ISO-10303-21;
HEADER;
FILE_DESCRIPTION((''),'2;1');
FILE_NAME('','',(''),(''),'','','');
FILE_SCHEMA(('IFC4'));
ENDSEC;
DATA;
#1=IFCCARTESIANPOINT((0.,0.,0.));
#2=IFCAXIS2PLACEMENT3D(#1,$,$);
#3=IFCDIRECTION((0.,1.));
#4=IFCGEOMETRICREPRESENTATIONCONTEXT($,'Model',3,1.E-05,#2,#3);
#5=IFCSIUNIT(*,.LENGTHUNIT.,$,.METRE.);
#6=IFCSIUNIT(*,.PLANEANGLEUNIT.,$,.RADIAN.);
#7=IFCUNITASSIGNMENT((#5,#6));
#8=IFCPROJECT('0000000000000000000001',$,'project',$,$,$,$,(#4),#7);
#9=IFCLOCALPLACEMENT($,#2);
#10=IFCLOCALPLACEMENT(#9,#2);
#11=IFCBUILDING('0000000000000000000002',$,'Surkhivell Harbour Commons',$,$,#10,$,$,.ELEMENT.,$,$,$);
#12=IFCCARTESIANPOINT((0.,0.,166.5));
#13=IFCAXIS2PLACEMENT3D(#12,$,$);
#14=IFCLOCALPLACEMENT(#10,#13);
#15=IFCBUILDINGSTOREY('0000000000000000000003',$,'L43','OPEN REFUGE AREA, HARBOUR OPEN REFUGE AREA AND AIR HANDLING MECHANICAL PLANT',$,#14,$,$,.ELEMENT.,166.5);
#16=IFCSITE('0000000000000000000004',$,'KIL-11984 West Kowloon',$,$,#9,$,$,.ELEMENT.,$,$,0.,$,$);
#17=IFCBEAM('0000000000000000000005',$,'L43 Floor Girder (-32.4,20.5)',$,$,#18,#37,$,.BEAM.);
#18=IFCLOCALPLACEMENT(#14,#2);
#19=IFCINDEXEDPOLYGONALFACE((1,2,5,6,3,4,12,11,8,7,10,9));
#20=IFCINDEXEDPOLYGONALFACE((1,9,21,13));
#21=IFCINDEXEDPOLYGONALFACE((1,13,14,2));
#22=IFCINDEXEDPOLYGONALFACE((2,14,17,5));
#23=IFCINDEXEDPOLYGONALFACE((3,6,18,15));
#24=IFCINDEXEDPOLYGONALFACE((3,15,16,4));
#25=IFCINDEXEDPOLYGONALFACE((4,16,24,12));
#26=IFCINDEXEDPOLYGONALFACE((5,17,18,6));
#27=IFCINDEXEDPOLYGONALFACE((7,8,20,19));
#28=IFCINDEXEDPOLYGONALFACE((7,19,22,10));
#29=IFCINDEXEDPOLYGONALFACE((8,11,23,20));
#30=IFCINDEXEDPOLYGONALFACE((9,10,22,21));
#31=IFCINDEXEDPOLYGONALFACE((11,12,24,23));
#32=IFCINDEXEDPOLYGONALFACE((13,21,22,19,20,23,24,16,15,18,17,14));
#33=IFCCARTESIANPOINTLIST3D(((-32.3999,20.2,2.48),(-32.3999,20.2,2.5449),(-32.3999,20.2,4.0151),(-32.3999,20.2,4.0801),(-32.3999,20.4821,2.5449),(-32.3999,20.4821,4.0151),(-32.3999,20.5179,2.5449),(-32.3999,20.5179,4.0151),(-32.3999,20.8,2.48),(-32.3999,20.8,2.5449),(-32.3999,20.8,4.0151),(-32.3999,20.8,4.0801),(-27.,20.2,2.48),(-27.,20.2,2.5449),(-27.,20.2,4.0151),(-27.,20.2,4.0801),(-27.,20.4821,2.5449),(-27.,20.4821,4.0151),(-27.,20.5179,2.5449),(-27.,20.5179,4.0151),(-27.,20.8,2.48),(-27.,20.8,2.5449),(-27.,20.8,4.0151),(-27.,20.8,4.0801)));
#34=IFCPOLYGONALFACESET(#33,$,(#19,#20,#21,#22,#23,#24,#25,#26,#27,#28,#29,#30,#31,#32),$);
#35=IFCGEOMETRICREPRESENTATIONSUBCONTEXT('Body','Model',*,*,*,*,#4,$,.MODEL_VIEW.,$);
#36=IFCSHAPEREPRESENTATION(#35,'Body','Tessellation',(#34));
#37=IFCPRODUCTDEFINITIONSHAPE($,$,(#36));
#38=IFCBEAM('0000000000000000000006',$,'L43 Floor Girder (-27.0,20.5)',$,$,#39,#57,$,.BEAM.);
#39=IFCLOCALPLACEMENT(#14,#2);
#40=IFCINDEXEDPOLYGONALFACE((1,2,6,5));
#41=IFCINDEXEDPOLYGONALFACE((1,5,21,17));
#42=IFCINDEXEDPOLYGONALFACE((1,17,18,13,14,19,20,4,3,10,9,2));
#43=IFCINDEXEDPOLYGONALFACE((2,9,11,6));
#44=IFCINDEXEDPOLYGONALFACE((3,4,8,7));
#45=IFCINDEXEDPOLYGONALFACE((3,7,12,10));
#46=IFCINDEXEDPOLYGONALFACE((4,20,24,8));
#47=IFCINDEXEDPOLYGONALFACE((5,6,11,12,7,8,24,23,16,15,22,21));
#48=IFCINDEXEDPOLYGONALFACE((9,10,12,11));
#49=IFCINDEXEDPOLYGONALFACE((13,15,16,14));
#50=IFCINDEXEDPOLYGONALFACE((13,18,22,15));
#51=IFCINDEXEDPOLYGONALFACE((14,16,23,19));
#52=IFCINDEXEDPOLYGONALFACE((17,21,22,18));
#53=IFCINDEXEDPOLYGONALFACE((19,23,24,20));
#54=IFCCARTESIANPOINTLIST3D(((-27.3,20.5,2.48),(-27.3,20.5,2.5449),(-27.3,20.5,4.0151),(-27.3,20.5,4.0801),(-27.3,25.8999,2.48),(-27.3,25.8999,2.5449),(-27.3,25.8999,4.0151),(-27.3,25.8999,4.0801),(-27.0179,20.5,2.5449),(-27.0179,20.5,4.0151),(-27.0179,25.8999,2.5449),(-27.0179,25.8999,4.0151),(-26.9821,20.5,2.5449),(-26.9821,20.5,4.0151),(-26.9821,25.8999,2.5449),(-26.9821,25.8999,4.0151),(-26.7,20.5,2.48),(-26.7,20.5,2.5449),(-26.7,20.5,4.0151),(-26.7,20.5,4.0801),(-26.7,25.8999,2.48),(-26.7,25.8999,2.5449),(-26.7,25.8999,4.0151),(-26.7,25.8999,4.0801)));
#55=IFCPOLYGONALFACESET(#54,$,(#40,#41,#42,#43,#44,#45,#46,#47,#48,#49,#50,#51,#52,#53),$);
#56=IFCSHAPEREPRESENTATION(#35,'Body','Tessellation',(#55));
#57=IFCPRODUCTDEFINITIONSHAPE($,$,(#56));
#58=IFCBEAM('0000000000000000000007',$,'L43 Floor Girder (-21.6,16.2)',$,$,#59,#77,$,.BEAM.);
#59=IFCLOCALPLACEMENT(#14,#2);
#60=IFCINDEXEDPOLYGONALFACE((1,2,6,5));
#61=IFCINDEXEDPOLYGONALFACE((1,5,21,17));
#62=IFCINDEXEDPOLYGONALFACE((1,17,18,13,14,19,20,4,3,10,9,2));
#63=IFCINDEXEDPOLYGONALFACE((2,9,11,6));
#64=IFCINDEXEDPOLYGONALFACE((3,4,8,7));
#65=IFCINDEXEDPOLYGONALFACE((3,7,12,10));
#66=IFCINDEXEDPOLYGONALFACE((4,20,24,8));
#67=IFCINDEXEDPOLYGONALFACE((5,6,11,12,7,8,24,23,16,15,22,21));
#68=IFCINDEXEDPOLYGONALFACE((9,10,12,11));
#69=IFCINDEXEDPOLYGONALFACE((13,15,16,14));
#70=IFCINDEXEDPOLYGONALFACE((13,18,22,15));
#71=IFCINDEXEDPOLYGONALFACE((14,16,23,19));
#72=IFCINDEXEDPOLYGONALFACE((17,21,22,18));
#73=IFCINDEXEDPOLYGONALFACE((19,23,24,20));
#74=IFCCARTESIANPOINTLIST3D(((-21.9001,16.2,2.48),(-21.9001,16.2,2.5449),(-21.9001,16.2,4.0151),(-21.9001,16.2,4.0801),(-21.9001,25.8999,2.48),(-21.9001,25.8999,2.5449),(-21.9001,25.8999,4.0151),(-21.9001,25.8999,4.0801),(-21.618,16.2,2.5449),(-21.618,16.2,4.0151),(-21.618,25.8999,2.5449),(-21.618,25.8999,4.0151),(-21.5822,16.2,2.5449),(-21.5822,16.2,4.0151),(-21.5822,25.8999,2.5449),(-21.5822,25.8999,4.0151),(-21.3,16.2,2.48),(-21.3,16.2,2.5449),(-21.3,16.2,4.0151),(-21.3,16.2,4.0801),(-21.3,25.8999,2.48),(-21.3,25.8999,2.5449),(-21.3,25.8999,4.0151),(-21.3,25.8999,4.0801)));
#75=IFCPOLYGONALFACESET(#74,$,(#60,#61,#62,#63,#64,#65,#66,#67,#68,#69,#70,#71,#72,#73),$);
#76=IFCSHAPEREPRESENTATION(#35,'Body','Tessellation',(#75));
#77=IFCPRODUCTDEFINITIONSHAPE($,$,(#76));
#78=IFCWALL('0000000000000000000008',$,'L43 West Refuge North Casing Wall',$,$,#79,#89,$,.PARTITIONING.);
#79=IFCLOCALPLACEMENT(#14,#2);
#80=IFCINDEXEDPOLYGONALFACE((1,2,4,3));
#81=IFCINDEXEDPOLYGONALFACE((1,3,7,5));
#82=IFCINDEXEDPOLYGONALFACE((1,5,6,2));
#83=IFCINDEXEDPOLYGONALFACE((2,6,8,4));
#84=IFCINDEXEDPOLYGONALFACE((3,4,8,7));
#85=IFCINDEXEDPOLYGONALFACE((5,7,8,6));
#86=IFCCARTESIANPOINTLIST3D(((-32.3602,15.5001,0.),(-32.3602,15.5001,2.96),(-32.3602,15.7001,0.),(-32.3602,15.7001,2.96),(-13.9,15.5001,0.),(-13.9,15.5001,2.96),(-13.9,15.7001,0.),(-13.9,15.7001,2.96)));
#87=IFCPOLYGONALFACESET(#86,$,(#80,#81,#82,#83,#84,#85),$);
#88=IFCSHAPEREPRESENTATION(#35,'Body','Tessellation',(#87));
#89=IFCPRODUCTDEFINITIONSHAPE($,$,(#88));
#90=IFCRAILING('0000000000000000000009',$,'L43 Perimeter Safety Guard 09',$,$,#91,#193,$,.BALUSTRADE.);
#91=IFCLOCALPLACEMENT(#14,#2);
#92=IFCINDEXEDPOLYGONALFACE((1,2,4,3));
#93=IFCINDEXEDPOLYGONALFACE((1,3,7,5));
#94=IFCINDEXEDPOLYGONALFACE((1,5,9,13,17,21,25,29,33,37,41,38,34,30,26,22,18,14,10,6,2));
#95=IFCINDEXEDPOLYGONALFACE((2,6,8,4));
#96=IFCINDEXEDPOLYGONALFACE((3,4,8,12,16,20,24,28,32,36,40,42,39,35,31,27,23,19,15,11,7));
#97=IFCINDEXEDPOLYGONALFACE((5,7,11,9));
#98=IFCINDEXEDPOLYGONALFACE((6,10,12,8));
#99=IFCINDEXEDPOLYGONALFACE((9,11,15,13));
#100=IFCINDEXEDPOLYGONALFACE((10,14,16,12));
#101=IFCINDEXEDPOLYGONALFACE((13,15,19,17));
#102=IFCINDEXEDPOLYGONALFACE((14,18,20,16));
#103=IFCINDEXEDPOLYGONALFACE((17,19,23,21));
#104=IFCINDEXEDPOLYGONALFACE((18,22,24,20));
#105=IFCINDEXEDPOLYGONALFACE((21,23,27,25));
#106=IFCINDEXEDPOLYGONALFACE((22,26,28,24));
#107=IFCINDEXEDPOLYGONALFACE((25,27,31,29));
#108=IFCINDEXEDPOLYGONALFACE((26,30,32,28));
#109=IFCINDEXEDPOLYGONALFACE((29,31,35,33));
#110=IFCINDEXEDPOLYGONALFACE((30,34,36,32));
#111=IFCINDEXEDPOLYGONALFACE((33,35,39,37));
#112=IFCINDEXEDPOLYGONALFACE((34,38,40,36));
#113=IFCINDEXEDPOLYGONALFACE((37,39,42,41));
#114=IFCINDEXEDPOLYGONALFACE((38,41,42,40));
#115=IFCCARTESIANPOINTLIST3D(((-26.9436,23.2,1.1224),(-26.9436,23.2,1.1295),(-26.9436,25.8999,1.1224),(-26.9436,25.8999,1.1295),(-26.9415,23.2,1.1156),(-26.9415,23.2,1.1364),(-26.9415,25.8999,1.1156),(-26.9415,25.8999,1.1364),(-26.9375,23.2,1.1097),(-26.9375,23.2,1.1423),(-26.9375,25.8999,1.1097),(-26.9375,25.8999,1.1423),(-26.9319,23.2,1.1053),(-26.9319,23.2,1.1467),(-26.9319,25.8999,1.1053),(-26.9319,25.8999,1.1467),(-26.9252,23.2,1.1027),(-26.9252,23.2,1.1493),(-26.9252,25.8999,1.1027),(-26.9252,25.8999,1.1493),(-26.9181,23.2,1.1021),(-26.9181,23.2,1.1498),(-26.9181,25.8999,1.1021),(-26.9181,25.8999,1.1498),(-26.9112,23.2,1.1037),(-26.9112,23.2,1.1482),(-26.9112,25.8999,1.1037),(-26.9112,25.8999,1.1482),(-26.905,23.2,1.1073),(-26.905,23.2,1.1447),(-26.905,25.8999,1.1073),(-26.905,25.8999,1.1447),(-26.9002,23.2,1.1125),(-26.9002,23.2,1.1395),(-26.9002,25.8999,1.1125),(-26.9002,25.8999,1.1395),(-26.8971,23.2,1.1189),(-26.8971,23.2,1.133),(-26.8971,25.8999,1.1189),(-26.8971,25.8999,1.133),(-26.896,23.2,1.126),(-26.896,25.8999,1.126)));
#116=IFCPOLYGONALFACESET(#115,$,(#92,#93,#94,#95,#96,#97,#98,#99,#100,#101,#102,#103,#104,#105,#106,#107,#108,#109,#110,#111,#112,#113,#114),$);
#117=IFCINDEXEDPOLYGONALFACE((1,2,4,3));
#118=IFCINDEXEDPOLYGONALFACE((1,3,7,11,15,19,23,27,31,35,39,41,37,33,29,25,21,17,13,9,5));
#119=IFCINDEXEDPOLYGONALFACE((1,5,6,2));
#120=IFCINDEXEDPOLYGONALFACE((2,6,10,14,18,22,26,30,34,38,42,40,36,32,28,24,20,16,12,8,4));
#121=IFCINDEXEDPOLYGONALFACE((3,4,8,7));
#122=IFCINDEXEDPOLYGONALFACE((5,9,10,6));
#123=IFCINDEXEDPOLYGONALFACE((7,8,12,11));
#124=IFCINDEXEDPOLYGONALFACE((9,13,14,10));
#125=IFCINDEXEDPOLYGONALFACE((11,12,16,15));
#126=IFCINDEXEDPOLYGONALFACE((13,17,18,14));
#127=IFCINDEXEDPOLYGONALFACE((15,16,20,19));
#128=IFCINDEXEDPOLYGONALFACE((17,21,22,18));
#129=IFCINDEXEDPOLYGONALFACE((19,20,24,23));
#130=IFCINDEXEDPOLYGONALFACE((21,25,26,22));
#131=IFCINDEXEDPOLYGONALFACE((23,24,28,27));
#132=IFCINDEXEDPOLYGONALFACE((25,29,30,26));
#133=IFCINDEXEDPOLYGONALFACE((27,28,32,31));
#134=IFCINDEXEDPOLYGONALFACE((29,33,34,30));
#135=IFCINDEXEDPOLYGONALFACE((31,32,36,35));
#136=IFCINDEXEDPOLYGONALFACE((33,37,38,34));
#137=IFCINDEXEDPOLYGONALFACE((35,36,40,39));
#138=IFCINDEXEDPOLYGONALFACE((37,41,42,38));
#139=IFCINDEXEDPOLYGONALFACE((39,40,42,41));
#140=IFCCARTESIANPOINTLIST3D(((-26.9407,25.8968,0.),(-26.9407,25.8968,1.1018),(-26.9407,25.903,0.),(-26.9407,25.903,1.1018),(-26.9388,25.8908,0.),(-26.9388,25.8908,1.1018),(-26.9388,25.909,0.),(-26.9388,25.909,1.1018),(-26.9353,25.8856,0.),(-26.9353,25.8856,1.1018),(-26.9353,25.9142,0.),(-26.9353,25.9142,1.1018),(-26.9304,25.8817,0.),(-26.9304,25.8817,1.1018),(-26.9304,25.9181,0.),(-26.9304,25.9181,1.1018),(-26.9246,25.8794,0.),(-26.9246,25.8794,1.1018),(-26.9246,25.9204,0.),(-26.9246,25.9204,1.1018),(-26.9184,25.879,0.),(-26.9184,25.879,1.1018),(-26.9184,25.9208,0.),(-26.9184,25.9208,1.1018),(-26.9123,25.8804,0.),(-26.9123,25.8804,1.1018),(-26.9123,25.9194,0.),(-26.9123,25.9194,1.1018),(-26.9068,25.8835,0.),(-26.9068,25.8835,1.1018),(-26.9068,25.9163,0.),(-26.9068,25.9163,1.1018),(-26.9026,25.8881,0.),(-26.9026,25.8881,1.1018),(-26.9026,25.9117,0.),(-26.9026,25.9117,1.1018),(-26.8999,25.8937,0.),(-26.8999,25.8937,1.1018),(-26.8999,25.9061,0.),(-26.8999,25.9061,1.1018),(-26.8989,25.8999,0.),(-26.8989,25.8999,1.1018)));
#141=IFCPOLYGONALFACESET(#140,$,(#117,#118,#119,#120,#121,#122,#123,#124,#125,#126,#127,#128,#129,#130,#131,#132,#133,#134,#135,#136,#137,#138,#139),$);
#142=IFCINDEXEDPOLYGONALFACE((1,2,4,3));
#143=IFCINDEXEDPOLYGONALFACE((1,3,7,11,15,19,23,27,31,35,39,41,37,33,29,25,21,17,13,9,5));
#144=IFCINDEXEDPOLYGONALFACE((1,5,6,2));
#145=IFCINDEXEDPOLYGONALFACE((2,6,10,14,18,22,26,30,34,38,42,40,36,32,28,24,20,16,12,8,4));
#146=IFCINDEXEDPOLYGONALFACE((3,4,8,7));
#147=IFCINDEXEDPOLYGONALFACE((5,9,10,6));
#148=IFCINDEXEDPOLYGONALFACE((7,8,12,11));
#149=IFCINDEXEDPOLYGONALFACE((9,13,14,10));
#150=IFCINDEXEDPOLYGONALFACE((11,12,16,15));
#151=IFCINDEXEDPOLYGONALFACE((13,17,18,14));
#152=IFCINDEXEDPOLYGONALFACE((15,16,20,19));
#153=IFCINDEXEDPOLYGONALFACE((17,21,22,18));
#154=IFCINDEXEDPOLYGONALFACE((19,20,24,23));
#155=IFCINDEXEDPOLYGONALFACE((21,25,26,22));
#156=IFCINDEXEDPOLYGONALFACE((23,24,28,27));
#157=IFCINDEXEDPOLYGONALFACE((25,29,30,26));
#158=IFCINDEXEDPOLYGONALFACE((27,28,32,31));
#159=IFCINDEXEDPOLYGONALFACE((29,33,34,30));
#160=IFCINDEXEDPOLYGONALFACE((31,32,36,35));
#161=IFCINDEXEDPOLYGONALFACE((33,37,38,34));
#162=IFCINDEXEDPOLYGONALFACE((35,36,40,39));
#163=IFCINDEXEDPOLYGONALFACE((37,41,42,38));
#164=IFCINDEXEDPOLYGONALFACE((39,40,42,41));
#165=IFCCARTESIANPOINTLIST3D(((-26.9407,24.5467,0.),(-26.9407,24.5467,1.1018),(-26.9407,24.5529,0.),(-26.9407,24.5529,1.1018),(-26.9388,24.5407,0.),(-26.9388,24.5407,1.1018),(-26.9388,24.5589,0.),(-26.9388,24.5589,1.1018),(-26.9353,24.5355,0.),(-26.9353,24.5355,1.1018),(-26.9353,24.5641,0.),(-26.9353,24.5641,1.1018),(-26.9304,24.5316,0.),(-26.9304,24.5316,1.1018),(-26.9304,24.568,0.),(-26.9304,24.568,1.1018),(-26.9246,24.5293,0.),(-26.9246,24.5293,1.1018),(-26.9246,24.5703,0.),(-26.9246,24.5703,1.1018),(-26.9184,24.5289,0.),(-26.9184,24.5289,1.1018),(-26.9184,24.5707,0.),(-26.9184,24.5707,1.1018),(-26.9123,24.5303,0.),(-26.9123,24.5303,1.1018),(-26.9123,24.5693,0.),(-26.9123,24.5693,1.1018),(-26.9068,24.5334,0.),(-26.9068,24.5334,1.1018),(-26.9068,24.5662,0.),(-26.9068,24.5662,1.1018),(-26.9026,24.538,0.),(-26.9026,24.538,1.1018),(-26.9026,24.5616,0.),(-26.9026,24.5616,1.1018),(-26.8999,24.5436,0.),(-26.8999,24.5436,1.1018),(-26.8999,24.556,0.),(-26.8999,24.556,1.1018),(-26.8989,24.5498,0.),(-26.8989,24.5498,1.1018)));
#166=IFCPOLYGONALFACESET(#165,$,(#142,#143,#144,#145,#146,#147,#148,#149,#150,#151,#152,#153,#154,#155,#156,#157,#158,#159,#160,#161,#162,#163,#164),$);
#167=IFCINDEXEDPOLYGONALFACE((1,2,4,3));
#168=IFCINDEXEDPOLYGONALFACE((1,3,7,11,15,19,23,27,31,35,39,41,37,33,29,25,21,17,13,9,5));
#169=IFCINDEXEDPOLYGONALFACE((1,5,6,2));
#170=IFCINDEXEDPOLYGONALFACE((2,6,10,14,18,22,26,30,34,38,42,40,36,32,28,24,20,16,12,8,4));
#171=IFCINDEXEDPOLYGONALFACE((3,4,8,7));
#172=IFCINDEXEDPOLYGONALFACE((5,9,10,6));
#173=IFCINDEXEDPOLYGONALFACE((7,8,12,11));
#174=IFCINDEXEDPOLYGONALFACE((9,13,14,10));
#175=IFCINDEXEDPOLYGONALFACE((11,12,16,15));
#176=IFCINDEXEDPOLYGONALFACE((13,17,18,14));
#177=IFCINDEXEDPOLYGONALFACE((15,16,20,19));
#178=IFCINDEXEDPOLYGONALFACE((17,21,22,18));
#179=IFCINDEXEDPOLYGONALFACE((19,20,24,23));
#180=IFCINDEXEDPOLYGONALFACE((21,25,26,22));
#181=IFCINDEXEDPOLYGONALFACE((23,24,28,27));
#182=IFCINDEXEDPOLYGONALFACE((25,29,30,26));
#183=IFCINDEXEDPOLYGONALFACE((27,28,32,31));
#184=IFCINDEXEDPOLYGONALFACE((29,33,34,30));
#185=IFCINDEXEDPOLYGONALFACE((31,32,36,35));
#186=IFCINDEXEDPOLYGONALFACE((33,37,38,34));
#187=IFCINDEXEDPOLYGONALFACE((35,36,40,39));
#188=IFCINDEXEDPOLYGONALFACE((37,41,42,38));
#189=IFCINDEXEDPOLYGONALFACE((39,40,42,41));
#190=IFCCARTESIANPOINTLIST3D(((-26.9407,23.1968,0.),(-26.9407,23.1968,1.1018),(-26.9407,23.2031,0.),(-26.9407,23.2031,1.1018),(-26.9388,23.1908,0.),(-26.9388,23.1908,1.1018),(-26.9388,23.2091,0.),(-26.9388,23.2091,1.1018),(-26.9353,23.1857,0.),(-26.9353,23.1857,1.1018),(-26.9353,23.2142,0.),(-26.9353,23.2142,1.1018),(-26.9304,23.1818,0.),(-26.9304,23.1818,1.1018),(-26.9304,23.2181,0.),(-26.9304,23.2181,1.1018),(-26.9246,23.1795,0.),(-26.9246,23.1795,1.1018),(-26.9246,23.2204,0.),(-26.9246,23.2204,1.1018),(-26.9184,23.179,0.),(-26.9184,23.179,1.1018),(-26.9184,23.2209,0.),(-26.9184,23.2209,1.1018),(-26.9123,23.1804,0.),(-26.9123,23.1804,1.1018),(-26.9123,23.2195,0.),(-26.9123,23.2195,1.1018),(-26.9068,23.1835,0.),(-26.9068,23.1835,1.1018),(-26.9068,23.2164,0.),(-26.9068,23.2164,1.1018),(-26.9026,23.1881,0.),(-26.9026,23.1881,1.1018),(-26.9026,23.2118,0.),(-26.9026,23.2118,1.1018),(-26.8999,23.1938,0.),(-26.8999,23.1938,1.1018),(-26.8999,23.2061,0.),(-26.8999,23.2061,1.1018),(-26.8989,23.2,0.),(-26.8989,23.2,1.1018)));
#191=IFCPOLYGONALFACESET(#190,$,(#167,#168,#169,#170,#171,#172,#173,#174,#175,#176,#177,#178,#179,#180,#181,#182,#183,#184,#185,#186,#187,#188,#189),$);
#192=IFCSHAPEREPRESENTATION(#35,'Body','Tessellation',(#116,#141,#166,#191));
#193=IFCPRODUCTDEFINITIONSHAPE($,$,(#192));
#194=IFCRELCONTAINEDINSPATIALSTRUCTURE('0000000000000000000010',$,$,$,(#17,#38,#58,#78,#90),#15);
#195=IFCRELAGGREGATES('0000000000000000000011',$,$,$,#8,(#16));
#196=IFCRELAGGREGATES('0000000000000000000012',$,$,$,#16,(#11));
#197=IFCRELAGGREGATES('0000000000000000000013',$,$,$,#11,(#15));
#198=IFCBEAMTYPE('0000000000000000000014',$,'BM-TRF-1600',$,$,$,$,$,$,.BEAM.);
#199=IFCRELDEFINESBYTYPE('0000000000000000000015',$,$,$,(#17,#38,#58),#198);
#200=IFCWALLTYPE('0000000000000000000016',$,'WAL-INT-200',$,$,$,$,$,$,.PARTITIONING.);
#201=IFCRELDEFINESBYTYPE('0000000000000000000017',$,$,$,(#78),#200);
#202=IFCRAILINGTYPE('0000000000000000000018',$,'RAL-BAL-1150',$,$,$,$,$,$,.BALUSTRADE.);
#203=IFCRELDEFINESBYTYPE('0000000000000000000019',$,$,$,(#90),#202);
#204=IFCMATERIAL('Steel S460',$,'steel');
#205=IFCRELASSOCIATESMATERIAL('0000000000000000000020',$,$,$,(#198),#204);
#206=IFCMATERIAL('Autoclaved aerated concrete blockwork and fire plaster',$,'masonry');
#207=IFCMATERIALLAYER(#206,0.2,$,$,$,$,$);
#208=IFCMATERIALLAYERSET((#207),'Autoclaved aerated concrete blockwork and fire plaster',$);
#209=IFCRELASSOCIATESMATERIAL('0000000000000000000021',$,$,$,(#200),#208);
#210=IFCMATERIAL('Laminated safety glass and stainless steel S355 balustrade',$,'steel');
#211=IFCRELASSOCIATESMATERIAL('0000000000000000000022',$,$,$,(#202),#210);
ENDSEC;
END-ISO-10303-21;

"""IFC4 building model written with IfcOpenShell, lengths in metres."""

from ifc_helpers import new_model, si_unit, direction, frame, frame_2d, origin, origin_2d, place, context, subcontext, project, spatial, rectangle, circle, i_section, extrude, material, layer, layer_set, material_profile, profile_set, type_object, element, save


model = new_model("IFC4")

# Units and contexts
model_context = context("Model", 3, precision=1e-05, world=origin(), true_north=direction((0.0, 1.0)))
body_context = subcontext(model_context, "Body", "Model", "MODEL_VIEW")
ifc_project = project(units=[si_unit("LENGTHUNIT", "METRE"), si_unit("PLANEANGLEUNIT", "RADIAN")], contexts=[model_context])

# Site, building, storey
site_placement = place(None, origin())
site = spatial("IfcSite", under=ifc_project, at=site_placement, Name="KIL-11984 West Kowloon", CompositionType="ELEMENT", RefElevation=0.0)
building_placement = place(site_placement, origin())
building = spatial("IfcBuilding", under=site, at=building_placement, Name="Surkhivell Harbour Commons", CompositionType="ELEMENT")
storey_placement = place(building_placement, frame((0.0, 0.0, 166.5)))
storey = spatial("IfcBuildingStorey", under=building, at=storey_placement, Name="L43", Description="OPEN REFUGE AREA, HARBOUR OPEN REFUGE AREA AND AIR HANDLING MECHANICAL PLANT", CompositionType="ELEMENT", Elevation=166.5)

# Beams
ifc_material_1 = material(Name="Steel S460", Category="steel")
ifc_material_profile_1 = material_profile(ifc_material_1, i_section(OverallWidth=0.6001, OverallDepth=1.6001, WebThickness=0.0359, FlangeThickness=0.0649, at=origin_2d()), Name="WPG1600x600x296")
ifc_profile_set_1 = profile_set([ifc_material_profile_1], Name="Steel S460")
beam_type_1 = type_object("IfcBeamType", Name="BM-TRF-1600", PredefinedType="BEAM", material=ifc_profile_set_1)
for number, where, z_axis, x_axis, name in (
    (1, (-32.3999, 20.5, 3.28), (1.0, 0.0, 0.0), (0.0, 1.0, 0.0), "L43 Floor Girder (-32.4,20.5)"),
    (2, (-27.0, 20.5, 3.28), (0.0, 1.0, 0.0), (-1.0, 0.0, 0.0), "L43 Floor Girder (-27.0,20.5)"),
):
    element("IfcBeam", number, at=place(storey_placement, frame(where, z_axis=z_axis, x_axis=x_axis)), inside=storey, type_object=beam_type_1, Name=name, PredefinedType="BEAM", context=body_context, shape_type="SweptSolid", body=[
        extrude(i_section(OverallWidth=0.6001, OverallDepth=1.6001, WebThickness=0.0359, FlangeThickness=0.0649, at=origin_2d()), origin(), (0.0, 0.0, 1.0), 5.3999),
    ])
beam_1_placement = place(storey_placement, frame((-21.6001, 16.2, 3.28), z_axis=(0.0, 1.0, 0.0), x_axis=(-1.0, 0.0, 0.0)))
element("IfcBeam", 3, at=beam_1_placement, inside=storey, type_object=beam_type_1, Name="L43 Floor Girder (-21.6,16.2)", PredefinedType="BEAM", context=body_context, shape_type="SweptSolid", body=[
    extrude(i_section(OverallWidth=0.6001, OverallDepth=1.6001, WebThickness=0.0359, FlangeThickness=0.0649, at=origin_2d()), origin(), (0.0, 0.0, 1.0), 9.7),
])

# Wall
ifc_material_2 = material(Name="Autoclaved aerated concrete blockwork and fire plaster", Category="masonry")
ifc_layer = layer(ifc_material_2, 0.2)
ifc_layer_set = layer_set([ifc_layer], Name="Autoclaved aerated concrete blockwork and fire plaster")
wall_type = type_object("IfcWallType", Name="WAL-INT-200", PredefinedType="PARTITIONING", material=ifc_layer_set)
wall_placement = place(storey_placement, frame((-32.3601, 15.6001, 0.0), z_axis=(0.0, 0.0, 1.0), x_axis=(1.0, 0.0, 0.0)))
element("IfcWall", 4, at=wall_placement, inside=storey, type_object=wall_type, Name="L43 West Refuge North Casing Wall", PredefinedType="PARTITIONING", context=body_context, shape_type="SweptSolid", body=[
    extrude(rectangle(XDim=18.4602, YDim=0.2, at=frame_2d((9.23, 0.0))), origin(), (0.0, 0.0, 1.0), 2.96),
])

# Railing
ifc_material_3 = material(Name="Laminated safety glass and stainless steel S355 balustrade", Category="steel")
railing_type = type_object("IfcRailingType", Name="RAL-BAL-1150", PredefinedType="BALUSTRADE", material=ifc_material_3)
railing_1_placement = place(storey_placement, frame((-26.9199, 25.8999, 0.0)))
element("IfcRailing", 5, at=railing_1_placement, inside=storey, type_object=railing_type, Name="L43 Perimeter Safety Guard 09", PredefinedType="BALUSTRADE", context=body_context, shape_type="SweptSolid", body=[
    extrude(circle(Radius=0.0239, at=origin_2d()), frame((0.0, 0.0, 1.126), z_axis=(0.0, -1.0, 0.0), x_axis=(1.0, 0.0, 0.0)), (0.0, 0.0, 1.0), 2.7),
    extrude(circle(Radius=0.021, at=origin_2d()), origin(), (0.0, 0.0, 1.0), 1.1018),
    extrude(circle(Radius=0.021, at=origin_2d()), frame((0.0, -1.3501, 0.0)), (0.0, 0.0, 1.0), 1.1018),
    extrude(circle(Radius=0.021, at=origin_2d()), frame((0.0, -2.7, 0.0)), (0.0, 0.0, 1.0), 1.1018),
])

save(model, "model.ifc")
